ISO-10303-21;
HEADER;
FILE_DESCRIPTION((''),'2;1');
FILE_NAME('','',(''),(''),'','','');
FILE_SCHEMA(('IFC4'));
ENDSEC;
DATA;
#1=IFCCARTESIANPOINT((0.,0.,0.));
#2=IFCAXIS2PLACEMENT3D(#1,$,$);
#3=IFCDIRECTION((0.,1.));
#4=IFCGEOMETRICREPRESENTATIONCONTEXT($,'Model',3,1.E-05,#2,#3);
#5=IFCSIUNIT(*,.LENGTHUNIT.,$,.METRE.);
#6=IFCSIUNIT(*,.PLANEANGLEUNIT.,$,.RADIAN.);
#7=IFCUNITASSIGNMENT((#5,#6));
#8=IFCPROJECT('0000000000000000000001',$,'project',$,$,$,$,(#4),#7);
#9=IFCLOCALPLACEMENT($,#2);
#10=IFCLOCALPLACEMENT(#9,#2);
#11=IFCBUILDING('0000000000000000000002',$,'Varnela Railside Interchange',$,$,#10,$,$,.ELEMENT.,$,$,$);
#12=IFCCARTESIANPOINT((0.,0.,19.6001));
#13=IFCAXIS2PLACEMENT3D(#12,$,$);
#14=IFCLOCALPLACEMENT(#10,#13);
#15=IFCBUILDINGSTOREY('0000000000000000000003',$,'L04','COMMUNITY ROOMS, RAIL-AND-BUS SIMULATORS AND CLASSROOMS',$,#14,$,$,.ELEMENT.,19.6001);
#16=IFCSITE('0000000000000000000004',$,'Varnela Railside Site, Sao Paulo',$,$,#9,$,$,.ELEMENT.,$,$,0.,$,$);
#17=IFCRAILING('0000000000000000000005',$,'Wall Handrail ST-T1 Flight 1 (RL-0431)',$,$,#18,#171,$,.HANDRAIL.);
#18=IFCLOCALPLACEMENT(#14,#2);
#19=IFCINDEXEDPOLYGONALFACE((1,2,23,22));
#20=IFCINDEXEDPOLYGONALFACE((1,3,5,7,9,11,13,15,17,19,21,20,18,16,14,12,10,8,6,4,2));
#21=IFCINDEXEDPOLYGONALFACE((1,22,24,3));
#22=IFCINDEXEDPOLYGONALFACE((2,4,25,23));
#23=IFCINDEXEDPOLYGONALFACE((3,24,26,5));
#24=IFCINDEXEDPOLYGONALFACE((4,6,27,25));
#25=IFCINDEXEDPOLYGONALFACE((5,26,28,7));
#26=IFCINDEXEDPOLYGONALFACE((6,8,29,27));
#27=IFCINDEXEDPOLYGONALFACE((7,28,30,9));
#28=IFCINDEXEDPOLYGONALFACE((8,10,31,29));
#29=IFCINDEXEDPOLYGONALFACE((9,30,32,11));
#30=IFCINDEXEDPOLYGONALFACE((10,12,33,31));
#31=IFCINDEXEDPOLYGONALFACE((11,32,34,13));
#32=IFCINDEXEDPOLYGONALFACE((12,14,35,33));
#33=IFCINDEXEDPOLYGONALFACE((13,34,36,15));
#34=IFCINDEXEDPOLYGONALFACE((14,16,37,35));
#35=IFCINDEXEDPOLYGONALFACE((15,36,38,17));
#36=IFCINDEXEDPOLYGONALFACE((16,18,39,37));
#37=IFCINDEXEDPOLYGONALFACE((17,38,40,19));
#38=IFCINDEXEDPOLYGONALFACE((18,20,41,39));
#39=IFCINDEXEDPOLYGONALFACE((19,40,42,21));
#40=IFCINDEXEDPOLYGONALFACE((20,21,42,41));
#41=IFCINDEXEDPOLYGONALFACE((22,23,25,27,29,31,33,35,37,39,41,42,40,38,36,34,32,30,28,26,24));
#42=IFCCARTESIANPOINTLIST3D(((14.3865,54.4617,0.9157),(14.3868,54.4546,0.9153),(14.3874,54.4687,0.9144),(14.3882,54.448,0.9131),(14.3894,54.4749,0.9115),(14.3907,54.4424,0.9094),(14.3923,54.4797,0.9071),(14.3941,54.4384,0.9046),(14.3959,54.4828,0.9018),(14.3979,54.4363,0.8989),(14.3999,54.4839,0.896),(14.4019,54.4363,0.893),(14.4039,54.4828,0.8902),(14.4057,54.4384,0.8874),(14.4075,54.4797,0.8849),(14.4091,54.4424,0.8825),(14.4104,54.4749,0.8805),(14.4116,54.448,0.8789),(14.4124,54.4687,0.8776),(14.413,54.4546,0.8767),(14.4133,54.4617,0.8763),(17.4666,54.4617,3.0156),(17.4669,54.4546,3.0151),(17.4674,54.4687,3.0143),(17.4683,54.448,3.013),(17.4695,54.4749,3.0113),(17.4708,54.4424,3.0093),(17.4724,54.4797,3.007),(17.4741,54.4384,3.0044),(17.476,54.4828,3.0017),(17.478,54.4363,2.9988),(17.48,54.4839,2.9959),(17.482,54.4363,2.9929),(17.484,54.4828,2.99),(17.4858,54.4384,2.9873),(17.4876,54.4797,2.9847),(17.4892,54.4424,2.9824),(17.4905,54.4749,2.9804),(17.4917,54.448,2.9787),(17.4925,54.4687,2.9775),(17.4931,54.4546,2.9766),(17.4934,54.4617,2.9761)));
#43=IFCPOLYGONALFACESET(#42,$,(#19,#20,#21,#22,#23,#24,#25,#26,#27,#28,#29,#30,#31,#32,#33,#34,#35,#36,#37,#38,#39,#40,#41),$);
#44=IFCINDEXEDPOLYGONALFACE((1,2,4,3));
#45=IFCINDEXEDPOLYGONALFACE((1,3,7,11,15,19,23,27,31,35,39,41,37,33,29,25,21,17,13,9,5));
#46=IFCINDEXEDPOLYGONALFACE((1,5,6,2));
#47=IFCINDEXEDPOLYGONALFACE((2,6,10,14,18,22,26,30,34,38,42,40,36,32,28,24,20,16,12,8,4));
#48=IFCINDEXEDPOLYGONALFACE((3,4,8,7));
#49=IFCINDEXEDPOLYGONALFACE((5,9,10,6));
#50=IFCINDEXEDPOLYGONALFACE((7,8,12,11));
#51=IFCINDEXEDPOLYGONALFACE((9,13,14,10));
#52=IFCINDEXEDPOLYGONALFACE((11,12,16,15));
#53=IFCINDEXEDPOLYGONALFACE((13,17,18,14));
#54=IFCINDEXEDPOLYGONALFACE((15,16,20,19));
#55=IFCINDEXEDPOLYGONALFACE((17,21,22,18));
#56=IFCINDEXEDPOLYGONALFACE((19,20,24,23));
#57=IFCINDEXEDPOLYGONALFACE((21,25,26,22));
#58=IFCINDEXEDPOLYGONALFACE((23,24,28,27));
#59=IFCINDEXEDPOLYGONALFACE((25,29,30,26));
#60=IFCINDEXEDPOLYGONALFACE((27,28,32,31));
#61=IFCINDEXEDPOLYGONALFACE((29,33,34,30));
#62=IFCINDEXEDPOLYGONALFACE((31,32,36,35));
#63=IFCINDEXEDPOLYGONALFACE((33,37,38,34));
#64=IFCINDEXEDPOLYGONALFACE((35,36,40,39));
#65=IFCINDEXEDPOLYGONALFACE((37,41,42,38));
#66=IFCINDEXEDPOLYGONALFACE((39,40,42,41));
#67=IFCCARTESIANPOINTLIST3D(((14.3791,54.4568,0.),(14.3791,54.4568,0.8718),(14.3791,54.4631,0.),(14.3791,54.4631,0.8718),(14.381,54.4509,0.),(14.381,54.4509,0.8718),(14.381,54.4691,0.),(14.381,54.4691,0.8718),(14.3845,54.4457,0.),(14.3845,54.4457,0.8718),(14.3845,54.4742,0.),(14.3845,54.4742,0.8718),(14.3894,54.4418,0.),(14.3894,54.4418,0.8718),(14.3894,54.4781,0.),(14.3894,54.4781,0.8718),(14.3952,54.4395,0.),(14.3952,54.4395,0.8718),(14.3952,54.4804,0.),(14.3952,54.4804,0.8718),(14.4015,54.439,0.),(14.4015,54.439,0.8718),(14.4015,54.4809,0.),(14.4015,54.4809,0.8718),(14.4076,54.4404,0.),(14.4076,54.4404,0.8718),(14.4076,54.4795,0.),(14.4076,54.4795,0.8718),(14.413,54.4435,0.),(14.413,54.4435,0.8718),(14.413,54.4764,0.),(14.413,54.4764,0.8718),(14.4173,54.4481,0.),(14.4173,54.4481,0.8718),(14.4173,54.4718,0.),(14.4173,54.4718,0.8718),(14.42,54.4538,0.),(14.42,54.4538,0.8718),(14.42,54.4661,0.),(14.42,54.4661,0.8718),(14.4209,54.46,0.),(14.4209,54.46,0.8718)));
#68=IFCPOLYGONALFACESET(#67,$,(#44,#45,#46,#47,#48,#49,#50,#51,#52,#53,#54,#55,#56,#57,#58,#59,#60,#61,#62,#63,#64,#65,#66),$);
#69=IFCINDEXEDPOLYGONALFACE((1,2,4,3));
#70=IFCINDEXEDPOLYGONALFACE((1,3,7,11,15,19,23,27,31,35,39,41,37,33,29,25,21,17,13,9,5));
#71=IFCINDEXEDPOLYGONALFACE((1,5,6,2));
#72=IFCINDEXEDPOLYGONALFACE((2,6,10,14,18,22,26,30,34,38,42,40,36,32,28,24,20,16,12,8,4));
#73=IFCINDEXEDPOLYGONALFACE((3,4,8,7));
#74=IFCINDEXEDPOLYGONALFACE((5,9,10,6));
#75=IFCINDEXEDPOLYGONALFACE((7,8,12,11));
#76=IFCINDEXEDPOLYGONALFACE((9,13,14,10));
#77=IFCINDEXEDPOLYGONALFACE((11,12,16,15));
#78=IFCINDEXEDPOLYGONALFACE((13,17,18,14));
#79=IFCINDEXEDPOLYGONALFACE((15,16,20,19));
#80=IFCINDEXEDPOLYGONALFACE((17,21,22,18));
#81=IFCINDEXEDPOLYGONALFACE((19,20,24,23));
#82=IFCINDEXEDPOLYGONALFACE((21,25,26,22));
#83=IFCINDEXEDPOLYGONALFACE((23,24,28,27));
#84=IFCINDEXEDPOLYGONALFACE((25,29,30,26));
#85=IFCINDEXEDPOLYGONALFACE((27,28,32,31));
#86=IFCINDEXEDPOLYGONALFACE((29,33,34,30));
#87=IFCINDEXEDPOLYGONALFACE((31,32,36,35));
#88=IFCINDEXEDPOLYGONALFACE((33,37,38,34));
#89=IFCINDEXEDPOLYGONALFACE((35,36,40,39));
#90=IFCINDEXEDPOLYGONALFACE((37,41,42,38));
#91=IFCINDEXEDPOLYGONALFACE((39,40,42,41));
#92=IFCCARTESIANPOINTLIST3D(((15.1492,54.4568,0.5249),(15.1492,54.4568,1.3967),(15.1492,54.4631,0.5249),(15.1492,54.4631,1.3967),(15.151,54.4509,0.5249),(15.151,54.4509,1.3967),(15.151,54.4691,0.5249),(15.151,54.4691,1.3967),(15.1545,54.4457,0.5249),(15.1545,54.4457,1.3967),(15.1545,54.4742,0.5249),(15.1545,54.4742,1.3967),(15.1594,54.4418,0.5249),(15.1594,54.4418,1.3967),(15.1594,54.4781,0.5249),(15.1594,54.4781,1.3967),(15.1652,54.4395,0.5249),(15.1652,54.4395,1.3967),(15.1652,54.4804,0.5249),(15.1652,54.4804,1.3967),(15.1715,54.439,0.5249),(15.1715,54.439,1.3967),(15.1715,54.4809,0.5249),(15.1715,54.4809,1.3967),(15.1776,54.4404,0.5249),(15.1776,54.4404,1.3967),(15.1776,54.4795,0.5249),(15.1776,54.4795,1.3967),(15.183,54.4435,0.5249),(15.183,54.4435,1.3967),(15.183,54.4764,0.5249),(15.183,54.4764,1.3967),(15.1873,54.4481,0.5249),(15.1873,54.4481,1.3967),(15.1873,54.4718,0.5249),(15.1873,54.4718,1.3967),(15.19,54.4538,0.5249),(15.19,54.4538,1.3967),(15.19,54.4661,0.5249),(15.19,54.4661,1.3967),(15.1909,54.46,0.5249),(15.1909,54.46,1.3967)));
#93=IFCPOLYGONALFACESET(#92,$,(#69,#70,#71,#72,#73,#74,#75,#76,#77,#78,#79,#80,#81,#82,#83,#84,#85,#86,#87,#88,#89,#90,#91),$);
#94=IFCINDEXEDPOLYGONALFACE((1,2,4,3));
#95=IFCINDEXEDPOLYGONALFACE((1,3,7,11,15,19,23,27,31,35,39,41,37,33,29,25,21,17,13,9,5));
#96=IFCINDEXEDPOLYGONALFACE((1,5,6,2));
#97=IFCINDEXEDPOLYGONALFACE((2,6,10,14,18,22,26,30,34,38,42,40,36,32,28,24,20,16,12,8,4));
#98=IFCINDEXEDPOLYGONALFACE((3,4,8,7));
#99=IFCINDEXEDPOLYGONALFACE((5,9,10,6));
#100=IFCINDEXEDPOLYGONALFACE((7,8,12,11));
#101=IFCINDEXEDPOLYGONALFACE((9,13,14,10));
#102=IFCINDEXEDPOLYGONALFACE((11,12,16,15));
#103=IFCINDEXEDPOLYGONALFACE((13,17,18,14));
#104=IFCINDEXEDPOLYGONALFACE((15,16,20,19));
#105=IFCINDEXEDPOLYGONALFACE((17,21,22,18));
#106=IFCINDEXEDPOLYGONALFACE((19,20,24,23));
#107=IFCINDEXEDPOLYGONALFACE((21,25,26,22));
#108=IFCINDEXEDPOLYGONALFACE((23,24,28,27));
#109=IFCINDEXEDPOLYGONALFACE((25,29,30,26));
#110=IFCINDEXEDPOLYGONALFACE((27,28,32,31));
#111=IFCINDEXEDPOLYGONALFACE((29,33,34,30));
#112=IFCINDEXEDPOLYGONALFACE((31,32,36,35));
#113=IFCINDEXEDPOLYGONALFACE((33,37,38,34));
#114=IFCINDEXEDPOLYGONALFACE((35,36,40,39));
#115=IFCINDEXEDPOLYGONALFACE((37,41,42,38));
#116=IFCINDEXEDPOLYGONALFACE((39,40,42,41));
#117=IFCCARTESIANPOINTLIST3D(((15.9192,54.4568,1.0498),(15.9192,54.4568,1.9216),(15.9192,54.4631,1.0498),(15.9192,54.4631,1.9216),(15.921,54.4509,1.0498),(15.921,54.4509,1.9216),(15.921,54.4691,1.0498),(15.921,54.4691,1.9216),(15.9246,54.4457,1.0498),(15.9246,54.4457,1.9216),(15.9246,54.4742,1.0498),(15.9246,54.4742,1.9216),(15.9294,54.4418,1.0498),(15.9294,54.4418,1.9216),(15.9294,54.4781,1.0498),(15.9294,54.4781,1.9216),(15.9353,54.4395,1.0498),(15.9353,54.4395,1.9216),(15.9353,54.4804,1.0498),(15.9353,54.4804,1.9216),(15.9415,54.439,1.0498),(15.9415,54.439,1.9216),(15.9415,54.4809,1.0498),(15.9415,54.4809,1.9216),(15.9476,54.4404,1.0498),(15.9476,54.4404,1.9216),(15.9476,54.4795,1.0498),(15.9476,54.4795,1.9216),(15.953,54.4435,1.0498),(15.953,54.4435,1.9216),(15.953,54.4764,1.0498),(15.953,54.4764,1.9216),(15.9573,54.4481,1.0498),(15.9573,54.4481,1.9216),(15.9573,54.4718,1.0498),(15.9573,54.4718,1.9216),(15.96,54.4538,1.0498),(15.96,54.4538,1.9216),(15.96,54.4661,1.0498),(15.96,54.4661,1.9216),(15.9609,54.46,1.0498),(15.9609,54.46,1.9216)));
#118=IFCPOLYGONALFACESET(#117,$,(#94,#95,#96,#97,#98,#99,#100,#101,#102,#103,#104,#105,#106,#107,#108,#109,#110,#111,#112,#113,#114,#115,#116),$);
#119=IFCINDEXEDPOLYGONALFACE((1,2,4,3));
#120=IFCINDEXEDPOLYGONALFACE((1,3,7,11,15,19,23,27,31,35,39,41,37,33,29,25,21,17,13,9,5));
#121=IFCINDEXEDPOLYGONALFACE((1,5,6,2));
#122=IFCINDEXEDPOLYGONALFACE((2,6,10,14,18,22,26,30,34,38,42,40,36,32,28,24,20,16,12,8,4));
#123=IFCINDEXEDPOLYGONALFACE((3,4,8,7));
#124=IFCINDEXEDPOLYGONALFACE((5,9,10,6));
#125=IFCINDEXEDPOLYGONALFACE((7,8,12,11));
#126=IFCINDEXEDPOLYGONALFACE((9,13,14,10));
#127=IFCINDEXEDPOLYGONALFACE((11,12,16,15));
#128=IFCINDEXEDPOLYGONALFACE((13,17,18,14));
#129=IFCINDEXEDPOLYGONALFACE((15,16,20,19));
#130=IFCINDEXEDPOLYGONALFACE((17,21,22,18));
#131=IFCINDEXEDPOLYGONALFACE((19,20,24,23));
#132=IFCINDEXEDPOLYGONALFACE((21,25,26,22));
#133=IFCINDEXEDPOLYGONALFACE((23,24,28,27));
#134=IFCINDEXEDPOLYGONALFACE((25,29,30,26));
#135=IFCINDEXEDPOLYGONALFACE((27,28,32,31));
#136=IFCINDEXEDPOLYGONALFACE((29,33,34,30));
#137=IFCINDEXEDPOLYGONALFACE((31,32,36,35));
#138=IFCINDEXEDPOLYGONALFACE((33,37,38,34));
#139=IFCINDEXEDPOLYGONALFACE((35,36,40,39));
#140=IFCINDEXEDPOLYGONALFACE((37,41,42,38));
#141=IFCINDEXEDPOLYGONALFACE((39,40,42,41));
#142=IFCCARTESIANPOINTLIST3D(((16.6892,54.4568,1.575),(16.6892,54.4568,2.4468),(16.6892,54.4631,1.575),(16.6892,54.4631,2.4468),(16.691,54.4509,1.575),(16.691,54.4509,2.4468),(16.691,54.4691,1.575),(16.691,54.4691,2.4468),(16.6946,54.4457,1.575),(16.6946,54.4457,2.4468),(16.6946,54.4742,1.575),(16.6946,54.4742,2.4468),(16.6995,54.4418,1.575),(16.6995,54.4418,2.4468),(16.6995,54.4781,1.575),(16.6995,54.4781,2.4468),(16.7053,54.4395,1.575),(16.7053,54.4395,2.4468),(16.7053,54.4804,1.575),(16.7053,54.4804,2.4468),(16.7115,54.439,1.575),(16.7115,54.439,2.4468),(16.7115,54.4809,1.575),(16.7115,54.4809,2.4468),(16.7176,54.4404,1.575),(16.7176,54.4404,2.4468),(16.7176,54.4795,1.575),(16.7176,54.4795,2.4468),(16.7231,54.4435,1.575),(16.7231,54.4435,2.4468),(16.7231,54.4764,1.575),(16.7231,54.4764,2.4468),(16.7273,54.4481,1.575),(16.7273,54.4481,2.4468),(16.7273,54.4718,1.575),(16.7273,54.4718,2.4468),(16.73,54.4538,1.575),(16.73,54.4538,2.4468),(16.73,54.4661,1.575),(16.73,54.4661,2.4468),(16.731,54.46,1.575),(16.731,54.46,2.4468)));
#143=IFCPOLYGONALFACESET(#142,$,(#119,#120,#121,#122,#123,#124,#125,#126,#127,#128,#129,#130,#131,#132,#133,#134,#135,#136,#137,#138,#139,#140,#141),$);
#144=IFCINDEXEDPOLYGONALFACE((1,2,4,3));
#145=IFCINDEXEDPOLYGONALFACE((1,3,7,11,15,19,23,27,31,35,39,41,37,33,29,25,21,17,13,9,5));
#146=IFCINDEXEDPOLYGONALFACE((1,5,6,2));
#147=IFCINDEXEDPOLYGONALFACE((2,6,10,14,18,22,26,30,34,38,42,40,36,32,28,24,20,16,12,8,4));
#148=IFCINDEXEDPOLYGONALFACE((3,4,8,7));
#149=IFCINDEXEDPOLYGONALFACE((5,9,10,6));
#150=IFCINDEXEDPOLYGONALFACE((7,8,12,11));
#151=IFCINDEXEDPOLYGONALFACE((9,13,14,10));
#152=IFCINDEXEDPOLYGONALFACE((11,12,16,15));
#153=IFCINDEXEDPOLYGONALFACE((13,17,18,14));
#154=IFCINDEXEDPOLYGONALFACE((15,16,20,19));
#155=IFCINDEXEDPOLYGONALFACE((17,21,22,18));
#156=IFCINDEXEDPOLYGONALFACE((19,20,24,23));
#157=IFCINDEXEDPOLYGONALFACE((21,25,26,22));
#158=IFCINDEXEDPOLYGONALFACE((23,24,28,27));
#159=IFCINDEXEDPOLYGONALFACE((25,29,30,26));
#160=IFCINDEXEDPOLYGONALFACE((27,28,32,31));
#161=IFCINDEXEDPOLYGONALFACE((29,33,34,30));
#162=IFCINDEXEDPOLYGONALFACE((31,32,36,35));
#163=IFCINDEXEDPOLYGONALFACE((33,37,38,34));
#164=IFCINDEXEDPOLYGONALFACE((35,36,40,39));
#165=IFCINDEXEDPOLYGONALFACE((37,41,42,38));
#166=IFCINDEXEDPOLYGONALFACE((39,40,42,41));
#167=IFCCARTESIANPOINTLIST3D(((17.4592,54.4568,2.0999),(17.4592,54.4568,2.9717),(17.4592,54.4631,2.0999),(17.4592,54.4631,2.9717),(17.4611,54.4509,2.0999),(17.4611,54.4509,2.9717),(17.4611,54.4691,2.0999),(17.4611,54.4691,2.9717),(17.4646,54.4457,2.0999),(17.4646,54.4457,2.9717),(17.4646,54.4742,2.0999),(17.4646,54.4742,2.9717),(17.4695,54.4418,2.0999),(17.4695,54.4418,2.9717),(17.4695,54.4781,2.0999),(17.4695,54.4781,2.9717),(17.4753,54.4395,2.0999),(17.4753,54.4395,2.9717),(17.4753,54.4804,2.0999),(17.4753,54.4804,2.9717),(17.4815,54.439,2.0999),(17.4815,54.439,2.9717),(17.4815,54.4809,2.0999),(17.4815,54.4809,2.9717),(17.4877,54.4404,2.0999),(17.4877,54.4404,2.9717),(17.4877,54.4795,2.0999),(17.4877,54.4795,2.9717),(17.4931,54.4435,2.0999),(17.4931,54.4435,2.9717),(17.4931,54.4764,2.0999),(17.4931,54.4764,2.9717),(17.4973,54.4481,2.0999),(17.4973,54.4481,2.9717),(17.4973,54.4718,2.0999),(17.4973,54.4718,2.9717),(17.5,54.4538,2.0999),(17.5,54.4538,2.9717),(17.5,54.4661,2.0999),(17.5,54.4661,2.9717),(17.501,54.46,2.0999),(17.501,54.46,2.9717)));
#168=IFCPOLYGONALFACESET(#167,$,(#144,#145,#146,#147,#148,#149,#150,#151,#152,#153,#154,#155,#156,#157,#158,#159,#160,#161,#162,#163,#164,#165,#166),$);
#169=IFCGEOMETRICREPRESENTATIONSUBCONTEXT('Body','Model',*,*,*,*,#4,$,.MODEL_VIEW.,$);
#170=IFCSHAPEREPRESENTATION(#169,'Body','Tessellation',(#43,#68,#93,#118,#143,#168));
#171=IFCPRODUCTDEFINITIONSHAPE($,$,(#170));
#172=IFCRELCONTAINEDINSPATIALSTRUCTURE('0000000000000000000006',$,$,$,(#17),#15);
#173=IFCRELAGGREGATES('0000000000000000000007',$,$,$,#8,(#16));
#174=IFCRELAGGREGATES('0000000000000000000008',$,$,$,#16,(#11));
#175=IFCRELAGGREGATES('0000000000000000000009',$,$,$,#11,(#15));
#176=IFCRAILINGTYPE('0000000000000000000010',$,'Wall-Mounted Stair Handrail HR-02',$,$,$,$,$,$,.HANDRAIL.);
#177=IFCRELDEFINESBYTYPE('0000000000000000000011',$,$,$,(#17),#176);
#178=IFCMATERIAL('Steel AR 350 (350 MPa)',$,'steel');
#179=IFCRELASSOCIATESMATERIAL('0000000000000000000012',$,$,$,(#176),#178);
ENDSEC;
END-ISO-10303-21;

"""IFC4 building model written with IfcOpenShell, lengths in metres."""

from ifc_helpers import new_model, si_unit, direction, frame, origin, origin_2d, place, context, subcontext, project, spatial, circle, extrude, material, type_object, element, save


model = new_model("IFC4")

# Units and contexts
model_context = context("Model", 3, precision=1e-05, world=origin(), true_north=direction((0.0, 1.0)))
body_context = subcontext(model_context, "Body", "Model", "MODEL_VIEW")
ifc_project = project(units=[si_unit("LENGTHUNIT", "METRE"), si_unit("PLANEANGLEUNIT", "RADIAN")], contexts=[model_context])

# Site, building, storey
site_placement = place(None, origin())
site = spatial("IfcSite", under=ifc_project, at=site_placement, Name="Varnela Railside Site, Sao Paulo", CompositionType="ELEMENT", RefElevation=0.0)
building_placement = place(site_placement, origin())
building = spatial("IfcBuilding", under=site, at=building_placement, Name="Varnela Railside Interchange", CompositionType="ELEMENT")
storey_placement = place(building_placement, frame((0.0, 0.0, 19.6001)))
storey = spatial("IfcBuildingStorey", under=building, at=storey_placement, Name="L04", Description="COMMUNITY ROOMS, RAIL-AND-BUS SIMULATORS AND CLASSROOMS", CompositionType="ELEMENT", Elevation=19.6001)

# Shared definitions
ifc_material_1 = material(Name="Steel AR 350 (350 MPa)", Category="steel")

# Railing
railing_type_1 = type_object("IfcRailingType", Name="Wall-Mounted Stair Handrail HR-02", PredefinedType="HANDRAIL", material=ifc_material_1)
railing_1_placement = place(storey_placement, frame((14.3999, 54.46, 0.0)))
element("IfcRailing", 1, at=railing_1_placement, inside=storey, type_object=railing_type_1, Name="Wall Handrail ST-T1 Flight 1 (RL-0431)", PredefinedType="HANDRAIL", context=body_context, shape_type="SweptSolid", body=[
    extrude(circle(Radius=0.0239, at=origin_2d()), frame((0.0, 0.0, 0.896), z_axis=(0.826252, 0.0, 0.5633), x_axis=(0.0, 1.0, 0.0)), (0.0, 0.0, 1.0), 3.7278),
    extrude(circle(Radius=0.021, at=origin_2d()), origin(), (0.0, 0.0, 1.0), 0.8718),
    extrude(circle(Radius=0.021, at=origin_2d()), frame((0.77, 0.0, 0.5249)), (0.0, 0.0, 1.0), 0.8718),
    extrude(circle(Radius=0.021, at=origin_2d()), frame((1.54, 0.0, 1.0498)), (0.0, 0.0, 1.0), 0.8718),
    extrude(circle(Radius=0.021, at=origin_2d()), frame((2.3101, 0.0, 1.575)), (0.0, 0.0, 1.0), 0.8718),
    extrude(circle(Radius=0.021, at=origin_2d()), frame((3.0801, 0.0, 2.0999)), (0.0, 0.0, 1.0), 0.8718),
])

save(model, "model.ifc")
